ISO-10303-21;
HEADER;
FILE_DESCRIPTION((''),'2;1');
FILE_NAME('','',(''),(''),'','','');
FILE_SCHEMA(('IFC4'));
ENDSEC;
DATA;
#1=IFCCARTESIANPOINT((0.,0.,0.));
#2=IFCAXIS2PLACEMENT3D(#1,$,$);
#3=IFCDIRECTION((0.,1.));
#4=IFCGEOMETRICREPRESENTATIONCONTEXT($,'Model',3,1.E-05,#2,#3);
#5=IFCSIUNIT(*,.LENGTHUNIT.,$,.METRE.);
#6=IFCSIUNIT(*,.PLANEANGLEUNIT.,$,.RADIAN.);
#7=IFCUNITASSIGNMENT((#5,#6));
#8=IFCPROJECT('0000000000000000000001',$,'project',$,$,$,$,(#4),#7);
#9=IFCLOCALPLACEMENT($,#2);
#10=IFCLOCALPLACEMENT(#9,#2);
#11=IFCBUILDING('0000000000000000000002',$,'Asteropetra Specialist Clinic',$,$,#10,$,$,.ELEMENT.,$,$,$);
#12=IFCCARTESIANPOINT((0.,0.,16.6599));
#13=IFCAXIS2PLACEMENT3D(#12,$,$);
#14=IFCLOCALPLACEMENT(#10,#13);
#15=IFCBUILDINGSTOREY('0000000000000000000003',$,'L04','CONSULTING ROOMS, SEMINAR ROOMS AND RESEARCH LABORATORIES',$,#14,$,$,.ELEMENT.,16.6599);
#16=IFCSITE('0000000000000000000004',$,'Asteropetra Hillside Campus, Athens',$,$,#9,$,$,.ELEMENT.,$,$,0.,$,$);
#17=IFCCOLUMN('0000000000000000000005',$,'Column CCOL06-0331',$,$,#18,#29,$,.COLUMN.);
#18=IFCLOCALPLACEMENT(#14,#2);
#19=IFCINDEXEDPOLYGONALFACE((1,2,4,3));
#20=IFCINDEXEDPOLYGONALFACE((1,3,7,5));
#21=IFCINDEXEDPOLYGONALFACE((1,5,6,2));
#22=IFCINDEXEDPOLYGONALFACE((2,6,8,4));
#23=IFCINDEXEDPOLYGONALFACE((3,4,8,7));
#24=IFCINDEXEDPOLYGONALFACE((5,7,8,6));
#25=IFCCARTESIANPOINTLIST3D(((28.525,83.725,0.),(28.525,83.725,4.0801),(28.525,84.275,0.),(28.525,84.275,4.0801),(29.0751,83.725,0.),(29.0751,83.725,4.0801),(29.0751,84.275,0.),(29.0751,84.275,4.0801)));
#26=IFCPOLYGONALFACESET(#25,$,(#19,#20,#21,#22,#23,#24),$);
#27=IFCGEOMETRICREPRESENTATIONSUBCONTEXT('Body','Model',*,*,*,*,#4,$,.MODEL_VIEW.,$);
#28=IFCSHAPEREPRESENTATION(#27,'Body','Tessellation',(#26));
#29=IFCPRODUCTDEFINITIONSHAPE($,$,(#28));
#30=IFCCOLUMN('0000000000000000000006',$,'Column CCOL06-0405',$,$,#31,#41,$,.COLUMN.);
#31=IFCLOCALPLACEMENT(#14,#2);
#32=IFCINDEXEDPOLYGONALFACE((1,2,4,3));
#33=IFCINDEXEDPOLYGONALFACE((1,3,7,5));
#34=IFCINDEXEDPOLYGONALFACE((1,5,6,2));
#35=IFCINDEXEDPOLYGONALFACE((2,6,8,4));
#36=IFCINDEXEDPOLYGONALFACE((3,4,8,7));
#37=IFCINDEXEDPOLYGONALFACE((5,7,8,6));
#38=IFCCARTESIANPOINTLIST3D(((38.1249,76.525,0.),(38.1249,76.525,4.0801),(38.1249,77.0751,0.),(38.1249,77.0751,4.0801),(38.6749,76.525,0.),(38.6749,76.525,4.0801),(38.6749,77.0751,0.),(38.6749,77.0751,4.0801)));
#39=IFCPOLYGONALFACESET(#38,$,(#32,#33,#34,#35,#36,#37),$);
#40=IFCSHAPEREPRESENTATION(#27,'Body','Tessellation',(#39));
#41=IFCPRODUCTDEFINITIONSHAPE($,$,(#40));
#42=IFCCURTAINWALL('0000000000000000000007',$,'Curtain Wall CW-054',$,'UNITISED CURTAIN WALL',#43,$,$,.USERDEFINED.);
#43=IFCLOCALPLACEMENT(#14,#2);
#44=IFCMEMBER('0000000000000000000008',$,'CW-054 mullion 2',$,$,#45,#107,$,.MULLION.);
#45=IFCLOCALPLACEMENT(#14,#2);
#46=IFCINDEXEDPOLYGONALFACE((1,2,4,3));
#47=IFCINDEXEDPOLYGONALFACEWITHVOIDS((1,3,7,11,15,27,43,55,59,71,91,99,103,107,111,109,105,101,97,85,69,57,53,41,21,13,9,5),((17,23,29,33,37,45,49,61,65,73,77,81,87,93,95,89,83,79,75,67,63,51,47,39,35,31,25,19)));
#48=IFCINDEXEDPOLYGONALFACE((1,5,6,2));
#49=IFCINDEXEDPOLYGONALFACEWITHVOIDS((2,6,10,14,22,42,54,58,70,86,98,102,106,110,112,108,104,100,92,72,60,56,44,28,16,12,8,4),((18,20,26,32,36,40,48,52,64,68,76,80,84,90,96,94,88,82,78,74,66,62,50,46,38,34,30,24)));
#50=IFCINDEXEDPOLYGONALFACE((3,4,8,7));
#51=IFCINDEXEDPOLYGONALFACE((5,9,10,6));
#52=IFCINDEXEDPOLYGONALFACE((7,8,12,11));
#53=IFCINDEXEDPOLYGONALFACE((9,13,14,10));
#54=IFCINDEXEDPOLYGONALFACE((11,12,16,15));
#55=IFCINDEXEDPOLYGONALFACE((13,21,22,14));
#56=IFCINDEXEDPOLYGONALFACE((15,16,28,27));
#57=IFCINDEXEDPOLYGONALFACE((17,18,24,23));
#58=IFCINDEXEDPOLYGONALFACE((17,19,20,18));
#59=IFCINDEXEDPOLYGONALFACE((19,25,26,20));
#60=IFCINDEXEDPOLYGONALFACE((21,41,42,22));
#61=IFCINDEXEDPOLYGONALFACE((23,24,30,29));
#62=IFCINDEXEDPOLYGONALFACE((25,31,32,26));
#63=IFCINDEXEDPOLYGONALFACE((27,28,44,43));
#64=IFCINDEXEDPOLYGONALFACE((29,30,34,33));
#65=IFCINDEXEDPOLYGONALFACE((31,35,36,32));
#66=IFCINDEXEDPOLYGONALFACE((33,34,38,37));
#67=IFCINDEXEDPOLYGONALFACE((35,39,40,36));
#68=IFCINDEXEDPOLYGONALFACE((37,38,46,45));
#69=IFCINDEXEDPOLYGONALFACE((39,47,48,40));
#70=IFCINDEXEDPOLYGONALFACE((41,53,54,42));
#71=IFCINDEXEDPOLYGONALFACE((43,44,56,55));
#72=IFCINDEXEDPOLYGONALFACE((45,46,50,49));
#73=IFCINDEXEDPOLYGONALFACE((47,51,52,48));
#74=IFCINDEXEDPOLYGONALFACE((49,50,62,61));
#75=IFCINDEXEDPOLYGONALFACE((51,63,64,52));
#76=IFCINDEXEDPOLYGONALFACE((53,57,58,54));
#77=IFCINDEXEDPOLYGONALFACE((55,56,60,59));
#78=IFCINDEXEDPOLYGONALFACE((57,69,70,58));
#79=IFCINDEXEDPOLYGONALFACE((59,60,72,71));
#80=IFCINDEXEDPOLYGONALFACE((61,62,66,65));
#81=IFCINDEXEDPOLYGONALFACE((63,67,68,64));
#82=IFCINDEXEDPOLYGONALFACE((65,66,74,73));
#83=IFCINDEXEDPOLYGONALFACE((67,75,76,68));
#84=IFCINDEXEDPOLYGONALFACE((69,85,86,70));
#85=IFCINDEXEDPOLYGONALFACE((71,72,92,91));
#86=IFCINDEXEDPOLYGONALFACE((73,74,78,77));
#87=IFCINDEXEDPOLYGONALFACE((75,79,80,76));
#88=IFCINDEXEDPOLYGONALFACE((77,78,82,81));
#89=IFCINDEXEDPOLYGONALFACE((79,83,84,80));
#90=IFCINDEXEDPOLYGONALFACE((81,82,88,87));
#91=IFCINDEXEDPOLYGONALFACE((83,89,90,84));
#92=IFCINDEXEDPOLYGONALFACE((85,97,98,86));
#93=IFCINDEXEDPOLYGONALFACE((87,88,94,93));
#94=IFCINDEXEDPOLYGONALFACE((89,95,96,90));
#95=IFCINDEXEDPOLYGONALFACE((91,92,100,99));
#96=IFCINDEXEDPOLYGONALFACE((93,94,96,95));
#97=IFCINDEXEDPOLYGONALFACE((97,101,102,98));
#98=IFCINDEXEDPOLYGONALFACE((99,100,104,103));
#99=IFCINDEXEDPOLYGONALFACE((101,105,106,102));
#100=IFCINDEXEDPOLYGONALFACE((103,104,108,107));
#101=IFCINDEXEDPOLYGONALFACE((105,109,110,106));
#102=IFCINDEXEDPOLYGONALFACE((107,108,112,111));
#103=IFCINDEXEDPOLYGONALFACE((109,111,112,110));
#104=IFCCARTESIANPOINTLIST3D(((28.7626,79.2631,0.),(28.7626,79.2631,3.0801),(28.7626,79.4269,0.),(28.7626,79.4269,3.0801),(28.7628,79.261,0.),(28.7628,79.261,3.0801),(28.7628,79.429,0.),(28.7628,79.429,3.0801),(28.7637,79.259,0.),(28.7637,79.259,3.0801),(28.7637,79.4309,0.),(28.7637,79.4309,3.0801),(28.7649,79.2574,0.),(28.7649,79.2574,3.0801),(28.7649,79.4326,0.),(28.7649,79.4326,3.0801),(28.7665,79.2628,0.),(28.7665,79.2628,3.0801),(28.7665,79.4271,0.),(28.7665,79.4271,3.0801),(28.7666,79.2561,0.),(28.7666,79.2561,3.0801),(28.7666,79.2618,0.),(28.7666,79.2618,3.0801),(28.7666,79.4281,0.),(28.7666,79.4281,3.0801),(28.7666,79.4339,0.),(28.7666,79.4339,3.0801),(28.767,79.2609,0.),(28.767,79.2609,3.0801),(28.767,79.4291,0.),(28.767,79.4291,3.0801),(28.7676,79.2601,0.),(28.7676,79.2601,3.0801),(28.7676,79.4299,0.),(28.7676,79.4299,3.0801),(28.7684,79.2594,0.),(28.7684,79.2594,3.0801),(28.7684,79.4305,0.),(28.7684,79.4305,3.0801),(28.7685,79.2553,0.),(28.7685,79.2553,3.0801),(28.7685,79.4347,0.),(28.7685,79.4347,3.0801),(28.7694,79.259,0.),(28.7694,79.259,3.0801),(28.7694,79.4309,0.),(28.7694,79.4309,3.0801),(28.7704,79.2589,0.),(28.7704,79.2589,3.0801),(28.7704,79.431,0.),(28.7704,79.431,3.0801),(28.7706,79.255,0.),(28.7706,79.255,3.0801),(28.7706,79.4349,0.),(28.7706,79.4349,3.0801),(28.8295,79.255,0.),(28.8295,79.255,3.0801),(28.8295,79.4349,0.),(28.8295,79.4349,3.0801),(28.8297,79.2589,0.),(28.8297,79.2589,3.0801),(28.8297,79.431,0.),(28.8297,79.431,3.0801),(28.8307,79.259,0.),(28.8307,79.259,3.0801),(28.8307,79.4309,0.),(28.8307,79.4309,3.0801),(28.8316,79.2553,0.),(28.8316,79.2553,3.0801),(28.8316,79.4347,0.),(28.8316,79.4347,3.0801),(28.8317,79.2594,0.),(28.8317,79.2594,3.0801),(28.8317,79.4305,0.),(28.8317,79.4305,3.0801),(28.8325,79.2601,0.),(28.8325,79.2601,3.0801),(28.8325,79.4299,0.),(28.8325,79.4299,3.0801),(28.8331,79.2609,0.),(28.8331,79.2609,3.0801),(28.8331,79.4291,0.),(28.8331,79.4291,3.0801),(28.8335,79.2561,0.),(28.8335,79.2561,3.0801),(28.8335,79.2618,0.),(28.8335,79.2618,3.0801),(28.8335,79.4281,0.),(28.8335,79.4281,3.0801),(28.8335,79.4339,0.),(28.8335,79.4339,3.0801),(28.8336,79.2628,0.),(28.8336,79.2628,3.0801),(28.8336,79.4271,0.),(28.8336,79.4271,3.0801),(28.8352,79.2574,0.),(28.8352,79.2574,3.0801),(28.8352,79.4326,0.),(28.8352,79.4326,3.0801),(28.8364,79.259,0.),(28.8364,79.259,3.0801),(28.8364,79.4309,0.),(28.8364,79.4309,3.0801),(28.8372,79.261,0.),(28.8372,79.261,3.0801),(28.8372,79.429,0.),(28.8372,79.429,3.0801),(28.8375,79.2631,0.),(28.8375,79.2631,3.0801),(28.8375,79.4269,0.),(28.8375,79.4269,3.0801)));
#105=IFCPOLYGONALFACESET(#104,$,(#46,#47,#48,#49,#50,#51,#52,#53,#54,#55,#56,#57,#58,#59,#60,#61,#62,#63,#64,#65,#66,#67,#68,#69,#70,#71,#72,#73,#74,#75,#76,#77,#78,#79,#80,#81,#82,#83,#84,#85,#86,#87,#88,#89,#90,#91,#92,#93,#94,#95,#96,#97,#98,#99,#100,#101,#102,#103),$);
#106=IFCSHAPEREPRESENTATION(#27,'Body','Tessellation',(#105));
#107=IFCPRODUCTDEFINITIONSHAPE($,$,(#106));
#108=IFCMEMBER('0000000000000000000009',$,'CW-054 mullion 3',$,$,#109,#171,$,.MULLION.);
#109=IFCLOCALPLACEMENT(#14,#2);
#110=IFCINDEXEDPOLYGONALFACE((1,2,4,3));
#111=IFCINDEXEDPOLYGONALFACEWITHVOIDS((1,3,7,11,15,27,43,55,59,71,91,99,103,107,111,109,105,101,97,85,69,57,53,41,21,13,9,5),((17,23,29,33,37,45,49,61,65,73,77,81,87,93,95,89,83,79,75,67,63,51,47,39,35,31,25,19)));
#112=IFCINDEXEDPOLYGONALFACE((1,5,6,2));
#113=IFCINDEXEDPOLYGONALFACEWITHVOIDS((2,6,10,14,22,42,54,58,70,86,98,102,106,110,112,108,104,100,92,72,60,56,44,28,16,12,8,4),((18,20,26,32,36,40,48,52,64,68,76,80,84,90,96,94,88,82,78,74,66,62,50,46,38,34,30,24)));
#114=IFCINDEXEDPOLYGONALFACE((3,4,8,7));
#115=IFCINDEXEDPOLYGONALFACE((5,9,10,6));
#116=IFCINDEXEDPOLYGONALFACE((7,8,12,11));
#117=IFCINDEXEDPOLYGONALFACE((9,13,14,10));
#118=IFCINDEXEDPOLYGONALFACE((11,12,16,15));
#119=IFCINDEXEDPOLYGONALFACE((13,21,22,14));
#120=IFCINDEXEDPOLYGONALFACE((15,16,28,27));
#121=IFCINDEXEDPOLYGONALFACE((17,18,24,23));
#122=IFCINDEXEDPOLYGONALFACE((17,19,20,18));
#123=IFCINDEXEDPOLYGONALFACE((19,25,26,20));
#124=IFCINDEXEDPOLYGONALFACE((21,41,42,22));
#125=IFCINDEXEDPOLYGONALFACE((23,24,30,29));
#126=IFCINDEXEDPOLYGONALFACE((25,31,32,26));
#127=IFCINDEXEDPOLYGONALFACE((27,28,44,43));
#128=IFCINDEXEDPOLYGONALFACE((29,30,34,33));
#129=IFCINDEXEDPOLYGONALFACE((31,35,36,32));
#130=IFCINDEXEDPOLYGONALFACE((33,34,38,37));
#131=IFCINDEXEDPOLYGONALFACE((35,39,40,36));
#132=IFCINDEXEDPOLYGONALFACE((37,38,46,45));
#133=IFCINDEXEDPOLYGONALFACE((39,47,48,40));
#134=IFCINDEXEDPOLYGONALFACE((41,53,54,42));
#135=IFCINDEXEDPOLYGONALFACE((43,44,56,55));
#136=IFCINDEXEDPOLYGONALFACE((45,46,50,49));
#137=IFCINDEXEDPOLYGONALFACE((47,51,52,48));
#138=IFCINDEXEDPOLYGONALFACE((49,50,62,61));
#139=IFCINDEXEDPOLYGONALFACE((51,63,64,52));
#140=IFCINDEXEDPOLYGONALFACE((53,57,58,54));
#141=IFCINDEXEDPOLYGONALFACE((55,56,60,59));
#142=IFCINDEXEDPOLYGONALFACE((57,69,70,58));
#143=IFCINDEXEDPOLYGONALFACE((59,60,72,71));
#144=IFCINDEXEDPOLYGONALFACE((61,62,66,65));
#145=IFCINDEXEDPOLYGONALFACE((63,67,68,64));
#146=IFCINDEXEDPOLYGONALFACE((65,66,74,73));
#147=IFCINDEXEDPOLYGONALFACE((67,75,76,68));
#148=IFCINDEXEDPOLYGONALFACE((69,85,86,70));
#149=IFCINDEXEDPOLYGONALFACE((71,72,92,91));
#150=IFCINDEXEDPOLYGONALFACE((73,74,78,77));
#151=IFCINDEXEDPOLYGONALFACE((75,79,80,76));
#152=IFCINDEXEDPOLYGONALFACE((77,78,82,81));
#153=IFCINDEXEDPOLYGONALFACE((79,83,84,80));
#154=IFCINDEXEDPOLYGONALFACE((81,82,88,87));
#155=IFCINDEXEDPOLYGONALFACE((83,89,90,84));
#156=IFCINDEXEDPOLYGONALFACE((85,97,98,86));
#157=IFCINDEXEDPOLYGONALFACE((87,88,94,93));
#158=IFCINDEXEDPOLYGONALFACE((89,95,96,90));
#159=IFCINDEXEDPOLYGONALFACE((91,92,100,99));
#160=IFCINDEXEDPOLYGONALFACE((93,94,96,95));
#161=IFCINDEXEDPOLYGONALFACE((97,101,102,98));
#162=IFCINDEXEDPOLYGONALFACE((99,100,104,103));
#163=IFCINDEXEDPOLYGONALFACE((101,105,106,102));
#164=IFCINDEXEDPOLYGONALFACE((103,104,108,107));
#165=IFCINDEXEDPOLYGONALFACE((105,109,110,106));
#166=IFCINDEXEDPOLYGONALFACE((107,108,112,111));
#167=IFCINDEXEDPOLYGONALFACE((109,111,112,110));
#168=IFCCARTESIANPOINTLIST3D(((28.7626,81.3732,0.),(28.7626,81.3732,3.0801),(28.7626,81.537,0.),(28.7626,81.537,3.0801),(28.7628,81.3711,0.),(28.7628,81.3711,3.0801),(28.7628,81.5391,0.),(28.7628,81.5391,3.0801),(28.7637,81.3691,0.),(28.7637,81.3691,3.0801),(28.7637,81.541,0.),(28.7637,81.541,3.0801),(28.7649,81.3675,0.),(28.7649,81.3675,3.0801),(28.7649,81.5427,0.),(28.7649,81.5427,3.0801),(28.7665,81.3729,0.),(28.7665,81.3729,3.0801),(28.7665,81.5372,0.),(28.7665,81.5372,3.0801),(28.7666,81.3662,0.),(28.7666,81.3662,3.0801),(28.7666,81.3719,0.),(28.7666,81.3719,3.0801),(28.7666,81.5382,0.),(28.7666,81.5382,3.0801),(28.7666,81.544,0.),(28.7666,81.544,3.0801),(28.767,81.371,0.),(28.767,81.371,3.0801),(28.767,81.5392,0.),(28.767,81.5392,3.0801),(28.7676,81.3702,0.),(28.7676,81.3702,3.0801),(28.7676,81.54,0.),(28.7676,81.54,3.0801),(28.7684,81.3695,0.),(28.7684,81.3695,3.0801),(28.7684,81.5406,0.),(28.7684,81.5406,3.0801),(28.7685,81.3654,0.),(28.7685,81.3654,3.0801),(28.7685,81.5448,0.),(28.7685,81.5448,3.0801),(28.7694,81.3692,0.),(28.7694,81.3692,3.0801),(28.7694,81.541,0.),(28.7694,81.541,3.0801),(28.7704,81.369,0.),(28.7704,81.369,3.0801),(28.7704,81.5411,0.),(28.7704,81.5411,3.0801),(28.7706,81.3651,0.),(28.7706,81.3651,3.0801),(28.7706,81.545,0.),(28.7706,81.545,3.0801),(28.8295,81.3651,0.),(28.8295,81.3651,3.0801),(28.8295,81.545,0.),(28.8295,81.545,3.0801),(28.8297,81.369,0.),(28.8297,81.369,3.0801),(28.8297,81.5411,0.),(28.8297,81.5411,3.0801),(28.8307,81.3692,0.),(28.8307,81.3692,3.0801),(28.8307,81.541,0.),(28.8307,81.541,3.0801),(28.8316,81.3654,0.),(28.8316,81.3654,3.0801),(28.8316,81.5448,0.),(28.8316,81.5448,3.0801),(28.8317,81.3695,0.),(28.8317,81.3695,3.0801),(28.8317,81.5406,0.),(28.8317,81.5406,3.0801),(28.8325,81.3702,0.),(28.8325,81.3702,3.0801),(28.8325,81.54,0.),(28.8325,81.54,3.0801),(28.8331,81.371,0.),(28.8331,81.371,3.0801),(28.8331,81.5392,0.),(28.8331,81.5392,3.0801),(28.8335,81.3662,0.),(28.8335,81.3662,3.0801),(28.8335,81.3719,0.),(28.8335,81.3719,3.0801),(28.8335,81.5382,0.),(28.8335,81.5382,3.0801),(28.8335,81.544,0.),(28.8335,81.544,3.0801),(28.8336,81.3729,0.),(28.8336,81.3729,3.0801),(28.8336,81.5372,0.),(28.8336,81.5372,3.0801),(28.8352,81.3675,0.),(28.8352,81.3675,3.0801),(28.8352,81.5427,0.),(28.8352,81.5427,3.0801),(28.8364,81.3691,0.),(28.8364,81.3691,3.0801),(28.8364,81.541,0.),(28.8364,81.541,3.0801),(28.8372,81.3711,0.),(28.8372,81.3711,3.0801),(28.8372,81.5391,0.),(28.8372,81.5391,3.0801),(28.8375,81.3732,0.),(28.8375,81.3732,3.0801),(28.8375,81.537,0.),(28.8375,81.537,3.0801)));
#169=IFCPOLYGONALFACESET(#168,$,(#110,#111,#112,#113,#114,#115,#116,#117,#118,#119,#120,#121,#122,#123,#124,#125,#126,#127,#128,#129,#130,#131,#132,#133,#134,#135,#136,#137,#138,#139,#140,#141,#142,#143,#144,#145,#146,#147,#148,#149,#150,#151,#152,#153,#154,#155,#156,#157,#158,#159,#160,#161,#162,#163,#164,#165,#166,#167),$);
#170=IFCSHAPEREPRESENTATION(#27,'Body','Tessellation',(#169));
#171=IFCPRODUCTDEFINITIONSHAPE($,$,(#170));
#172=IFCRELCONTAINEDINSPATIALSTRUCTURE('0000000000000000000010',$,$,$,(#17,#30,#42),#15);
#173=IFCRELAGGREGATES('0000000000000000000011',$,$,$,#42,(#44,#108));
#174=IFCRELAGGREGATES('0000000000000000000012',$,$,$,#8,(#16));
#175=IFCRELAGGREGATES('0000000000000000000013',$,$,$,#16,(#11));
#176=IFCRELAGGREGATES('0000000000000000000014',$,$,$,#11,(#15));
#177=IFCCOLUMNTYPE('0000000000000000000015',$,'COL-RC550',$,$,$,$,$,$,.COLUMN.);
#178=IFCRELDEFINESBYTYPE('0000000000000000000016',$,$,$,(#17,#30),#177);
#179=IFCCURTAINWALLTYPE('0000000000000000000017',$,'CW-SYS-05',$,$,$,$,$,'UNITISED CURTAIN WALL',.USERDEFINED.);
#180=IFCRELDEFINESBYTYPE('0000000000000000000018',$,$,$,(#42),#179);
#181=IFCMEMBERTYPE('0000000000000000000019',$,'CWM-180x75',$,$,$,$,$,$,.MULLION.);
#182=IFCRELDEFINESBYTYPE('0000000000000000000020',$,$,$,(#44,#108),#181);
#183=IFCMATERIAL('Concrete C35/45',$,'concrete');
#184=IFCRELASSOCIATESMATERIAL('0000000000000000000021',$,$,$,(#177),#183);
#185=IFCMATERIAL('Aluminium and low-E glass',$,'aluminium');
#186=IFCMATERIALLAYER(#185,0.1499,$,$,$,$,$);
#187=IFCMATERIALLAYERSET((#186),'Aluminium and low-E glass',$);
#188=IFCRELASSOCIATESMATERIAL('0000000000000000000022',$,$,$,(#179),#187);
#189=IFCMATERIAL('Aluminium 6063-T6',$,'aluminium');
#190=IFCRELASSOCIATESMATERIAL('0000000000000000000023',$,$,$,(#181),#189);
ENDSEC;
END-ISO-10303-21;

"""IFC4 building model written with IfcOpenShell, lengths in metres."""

from ifc_helpers import new_model, si_unit, direction, frame, origin, origin_2d, place, context, subcontext, project, spatial, rectangle, hollow_rectangle, extrude, material, layer, layer_set, material_profile, profile_set, type_object, element, aggregate, save


model = new_model("IFC4")

# Units and contexts
model_context = context("Model", 3, precision=1e-05, world=origin(), true_north=direction((0.0, 1.0)))
body_context = subcontext(model_context, "Body", "Model", "MODEL_VIEW")
ifc_project = project(units=[si_unit("LENGTHUNIT", "METRE"), si_unit("PLANEANGLEUNIT", "RADIAN")], contexts=[model_context])

# Site, building, storey
site_placement = place(None, origin())
site = spatial("IfcSite", under=ifc_project, at=site_placement, Name="Asteropetra Hillside Campus, Athens", CompositionType="ELEMENT", RefElevation=0.0)
building_placement = place(site_placement, origin())
building = spatial("IfcBuilding", under=site, at=building_placement, Name="Asteropetra Specialist Clinic", CompositionType="ELEMENT")
storey_placement = place(building_placement, frame((0.0, 0.0, 16.6599)))
storey = spatial("IfcBuildingStorey", under=building, at=storey_placement, Name="L04", Description="CONSULTING ROOMS, SEMINAR ROOMS AND RESEARCH LABORATORIES", CompositionType="ELEMENT", Elevation=16.6599)

# Columns
ifc_material_1 = material(Name="Concrete C35/45", Category="concrete")
ifc_material_profile_1 = material_profile(ifc_material_1, rectangle(XDim=0.55, YDim=0.55, at=origin_2d()), Name="RC 550x550")
ifc_profile_set_1 = profile_set([ifc_material_profile_1], Name="Concrete C35/45")
column_type = type_object("IfcColumnType", Name="COL-RC550", PredefinedType="COLUMN", material=ifc_profile_set_1)
for number, where, z_axis, x_axis, name in (
    (1, (28.8, 84.0, 0.0), (0.0, 0.0, 1.0), (1.0, 0.0, 0.0), "Column CCOL06-0331"),
    (2, (38.3999, 76.8, 0.0), (0.0, 0.0, 1.0), (1.0, 0.0, 0.0), "Column CCOL06-0405"),
):
    element("IfcColumn", number, at=place(storey_placement, frame(where, z_axis=z_axis, x_axis=x_axis)), inside=storey, type_object=column_type, Name=name, PredefinedType="COLUMN", context=body_context, shape_type="SweptSolid", body=[
        extrude(rectangle(XDim=0.55, YDim=0.55, at=origin_2d()), origin(), (0.0, 0.0, 1.0), 4.0801),
    ])

# Curtain wall, members
ifc_material_2 = material(Name="Aluminium and low-E glass", Category="aluminium")
ifc_layer_1 = layer(ifc_material_2, 0.1499)
ifc_layer_set_1 = layer_set([ifc_layer_1], Name="Aluminium and low-E glass")
curtain_wall_type = type_object("IfcCurtainWallType", Name="CW-SYS-05", ElementType="UNITISED CURTAIN WALL", PredefinedType="USERDEFINED", material=ifc_layer_set_1)
curtain_wall_placement = place(storey_placement, origin())
curtain_wall = element("IfcCurtainWall", 3, at=curtain_wall_placement, inside=storey, type_object=curtain_wall_type, Name="Curtain Wall CW-054", ObjectType="UNITISED CURTAIN WALL", PredefinedType="USERDEFINED")
ifc_material_3 = material(Name="Aluminium 6063-T6", Category="aluminium")
ifc_material_profile_2 = material_profile(ifc_material_3, hollow_rectangle(XDim=0.075, YDim=0.1799, WallThickness=0.0039, InnerFilletRadius=0.0039, OuterFilletRadius=0.0081, at=origin_2d()), Name="MUL 180x75x4.0")
ifc_profile_set_2 = profile_set([ifc_material_profile_2], Name="Aluminium 6063-T6")
member_type_1 = type_object("IfcMemberType", Name="CWM-180x75", PredefinedType="MULLION", material=ifc_profile_set_2)
member_1_placement = place(storey_placement, frame((28.8, 79.345, 0.0), z_axis=(0.0, 0.0, 1.0), x_axis=(-1.0, 0.0, 0.0)))
member_1 = element("IfcMember", 4, at=member_1_placement, type_object=member_type_1, Name="CW-054 mullion 2", PredefinedType="MULLION", context=body_context, shape_type="SweptSolid", body=[
    extrude(hollow_rectangle(XDim=0.075, YDim=0.1799, WallThickness=0.0039, InnerFilletRadius=0.0039, OuterFilletRadius=0.0081, at=origin_2d()), origin(), (0.0, 0.0, 1.0), 3.0801),
])
member_2_placement = place(storey_placement, frame((28.8, 81.4551, 0.0), z_axis=(0.0, 0.0, 1.0), x_axis=(-1.0, 0.0, 0.0)))
member_2 = element("IfcMember", 5, at=member_2_placement, type_object=member_type_1, Name="CW-054 mullion 3", PredefinedType="MULLION", context=body_context, shape_type="SweptSolid", body=[
    extrude(hollow_rectangle(XDim=0.075, YDim=0.1799, WallThickness=0.0039, InnerFilletRadius=0.0039, OuterFilletRadius=0.0081, at=origin_2d()), origin(), (0.0, 0.0, 1.0), 3.0801),
])

aggregate(curtain_wall, [member_1, member_2])

save(model, "model.ifc")
